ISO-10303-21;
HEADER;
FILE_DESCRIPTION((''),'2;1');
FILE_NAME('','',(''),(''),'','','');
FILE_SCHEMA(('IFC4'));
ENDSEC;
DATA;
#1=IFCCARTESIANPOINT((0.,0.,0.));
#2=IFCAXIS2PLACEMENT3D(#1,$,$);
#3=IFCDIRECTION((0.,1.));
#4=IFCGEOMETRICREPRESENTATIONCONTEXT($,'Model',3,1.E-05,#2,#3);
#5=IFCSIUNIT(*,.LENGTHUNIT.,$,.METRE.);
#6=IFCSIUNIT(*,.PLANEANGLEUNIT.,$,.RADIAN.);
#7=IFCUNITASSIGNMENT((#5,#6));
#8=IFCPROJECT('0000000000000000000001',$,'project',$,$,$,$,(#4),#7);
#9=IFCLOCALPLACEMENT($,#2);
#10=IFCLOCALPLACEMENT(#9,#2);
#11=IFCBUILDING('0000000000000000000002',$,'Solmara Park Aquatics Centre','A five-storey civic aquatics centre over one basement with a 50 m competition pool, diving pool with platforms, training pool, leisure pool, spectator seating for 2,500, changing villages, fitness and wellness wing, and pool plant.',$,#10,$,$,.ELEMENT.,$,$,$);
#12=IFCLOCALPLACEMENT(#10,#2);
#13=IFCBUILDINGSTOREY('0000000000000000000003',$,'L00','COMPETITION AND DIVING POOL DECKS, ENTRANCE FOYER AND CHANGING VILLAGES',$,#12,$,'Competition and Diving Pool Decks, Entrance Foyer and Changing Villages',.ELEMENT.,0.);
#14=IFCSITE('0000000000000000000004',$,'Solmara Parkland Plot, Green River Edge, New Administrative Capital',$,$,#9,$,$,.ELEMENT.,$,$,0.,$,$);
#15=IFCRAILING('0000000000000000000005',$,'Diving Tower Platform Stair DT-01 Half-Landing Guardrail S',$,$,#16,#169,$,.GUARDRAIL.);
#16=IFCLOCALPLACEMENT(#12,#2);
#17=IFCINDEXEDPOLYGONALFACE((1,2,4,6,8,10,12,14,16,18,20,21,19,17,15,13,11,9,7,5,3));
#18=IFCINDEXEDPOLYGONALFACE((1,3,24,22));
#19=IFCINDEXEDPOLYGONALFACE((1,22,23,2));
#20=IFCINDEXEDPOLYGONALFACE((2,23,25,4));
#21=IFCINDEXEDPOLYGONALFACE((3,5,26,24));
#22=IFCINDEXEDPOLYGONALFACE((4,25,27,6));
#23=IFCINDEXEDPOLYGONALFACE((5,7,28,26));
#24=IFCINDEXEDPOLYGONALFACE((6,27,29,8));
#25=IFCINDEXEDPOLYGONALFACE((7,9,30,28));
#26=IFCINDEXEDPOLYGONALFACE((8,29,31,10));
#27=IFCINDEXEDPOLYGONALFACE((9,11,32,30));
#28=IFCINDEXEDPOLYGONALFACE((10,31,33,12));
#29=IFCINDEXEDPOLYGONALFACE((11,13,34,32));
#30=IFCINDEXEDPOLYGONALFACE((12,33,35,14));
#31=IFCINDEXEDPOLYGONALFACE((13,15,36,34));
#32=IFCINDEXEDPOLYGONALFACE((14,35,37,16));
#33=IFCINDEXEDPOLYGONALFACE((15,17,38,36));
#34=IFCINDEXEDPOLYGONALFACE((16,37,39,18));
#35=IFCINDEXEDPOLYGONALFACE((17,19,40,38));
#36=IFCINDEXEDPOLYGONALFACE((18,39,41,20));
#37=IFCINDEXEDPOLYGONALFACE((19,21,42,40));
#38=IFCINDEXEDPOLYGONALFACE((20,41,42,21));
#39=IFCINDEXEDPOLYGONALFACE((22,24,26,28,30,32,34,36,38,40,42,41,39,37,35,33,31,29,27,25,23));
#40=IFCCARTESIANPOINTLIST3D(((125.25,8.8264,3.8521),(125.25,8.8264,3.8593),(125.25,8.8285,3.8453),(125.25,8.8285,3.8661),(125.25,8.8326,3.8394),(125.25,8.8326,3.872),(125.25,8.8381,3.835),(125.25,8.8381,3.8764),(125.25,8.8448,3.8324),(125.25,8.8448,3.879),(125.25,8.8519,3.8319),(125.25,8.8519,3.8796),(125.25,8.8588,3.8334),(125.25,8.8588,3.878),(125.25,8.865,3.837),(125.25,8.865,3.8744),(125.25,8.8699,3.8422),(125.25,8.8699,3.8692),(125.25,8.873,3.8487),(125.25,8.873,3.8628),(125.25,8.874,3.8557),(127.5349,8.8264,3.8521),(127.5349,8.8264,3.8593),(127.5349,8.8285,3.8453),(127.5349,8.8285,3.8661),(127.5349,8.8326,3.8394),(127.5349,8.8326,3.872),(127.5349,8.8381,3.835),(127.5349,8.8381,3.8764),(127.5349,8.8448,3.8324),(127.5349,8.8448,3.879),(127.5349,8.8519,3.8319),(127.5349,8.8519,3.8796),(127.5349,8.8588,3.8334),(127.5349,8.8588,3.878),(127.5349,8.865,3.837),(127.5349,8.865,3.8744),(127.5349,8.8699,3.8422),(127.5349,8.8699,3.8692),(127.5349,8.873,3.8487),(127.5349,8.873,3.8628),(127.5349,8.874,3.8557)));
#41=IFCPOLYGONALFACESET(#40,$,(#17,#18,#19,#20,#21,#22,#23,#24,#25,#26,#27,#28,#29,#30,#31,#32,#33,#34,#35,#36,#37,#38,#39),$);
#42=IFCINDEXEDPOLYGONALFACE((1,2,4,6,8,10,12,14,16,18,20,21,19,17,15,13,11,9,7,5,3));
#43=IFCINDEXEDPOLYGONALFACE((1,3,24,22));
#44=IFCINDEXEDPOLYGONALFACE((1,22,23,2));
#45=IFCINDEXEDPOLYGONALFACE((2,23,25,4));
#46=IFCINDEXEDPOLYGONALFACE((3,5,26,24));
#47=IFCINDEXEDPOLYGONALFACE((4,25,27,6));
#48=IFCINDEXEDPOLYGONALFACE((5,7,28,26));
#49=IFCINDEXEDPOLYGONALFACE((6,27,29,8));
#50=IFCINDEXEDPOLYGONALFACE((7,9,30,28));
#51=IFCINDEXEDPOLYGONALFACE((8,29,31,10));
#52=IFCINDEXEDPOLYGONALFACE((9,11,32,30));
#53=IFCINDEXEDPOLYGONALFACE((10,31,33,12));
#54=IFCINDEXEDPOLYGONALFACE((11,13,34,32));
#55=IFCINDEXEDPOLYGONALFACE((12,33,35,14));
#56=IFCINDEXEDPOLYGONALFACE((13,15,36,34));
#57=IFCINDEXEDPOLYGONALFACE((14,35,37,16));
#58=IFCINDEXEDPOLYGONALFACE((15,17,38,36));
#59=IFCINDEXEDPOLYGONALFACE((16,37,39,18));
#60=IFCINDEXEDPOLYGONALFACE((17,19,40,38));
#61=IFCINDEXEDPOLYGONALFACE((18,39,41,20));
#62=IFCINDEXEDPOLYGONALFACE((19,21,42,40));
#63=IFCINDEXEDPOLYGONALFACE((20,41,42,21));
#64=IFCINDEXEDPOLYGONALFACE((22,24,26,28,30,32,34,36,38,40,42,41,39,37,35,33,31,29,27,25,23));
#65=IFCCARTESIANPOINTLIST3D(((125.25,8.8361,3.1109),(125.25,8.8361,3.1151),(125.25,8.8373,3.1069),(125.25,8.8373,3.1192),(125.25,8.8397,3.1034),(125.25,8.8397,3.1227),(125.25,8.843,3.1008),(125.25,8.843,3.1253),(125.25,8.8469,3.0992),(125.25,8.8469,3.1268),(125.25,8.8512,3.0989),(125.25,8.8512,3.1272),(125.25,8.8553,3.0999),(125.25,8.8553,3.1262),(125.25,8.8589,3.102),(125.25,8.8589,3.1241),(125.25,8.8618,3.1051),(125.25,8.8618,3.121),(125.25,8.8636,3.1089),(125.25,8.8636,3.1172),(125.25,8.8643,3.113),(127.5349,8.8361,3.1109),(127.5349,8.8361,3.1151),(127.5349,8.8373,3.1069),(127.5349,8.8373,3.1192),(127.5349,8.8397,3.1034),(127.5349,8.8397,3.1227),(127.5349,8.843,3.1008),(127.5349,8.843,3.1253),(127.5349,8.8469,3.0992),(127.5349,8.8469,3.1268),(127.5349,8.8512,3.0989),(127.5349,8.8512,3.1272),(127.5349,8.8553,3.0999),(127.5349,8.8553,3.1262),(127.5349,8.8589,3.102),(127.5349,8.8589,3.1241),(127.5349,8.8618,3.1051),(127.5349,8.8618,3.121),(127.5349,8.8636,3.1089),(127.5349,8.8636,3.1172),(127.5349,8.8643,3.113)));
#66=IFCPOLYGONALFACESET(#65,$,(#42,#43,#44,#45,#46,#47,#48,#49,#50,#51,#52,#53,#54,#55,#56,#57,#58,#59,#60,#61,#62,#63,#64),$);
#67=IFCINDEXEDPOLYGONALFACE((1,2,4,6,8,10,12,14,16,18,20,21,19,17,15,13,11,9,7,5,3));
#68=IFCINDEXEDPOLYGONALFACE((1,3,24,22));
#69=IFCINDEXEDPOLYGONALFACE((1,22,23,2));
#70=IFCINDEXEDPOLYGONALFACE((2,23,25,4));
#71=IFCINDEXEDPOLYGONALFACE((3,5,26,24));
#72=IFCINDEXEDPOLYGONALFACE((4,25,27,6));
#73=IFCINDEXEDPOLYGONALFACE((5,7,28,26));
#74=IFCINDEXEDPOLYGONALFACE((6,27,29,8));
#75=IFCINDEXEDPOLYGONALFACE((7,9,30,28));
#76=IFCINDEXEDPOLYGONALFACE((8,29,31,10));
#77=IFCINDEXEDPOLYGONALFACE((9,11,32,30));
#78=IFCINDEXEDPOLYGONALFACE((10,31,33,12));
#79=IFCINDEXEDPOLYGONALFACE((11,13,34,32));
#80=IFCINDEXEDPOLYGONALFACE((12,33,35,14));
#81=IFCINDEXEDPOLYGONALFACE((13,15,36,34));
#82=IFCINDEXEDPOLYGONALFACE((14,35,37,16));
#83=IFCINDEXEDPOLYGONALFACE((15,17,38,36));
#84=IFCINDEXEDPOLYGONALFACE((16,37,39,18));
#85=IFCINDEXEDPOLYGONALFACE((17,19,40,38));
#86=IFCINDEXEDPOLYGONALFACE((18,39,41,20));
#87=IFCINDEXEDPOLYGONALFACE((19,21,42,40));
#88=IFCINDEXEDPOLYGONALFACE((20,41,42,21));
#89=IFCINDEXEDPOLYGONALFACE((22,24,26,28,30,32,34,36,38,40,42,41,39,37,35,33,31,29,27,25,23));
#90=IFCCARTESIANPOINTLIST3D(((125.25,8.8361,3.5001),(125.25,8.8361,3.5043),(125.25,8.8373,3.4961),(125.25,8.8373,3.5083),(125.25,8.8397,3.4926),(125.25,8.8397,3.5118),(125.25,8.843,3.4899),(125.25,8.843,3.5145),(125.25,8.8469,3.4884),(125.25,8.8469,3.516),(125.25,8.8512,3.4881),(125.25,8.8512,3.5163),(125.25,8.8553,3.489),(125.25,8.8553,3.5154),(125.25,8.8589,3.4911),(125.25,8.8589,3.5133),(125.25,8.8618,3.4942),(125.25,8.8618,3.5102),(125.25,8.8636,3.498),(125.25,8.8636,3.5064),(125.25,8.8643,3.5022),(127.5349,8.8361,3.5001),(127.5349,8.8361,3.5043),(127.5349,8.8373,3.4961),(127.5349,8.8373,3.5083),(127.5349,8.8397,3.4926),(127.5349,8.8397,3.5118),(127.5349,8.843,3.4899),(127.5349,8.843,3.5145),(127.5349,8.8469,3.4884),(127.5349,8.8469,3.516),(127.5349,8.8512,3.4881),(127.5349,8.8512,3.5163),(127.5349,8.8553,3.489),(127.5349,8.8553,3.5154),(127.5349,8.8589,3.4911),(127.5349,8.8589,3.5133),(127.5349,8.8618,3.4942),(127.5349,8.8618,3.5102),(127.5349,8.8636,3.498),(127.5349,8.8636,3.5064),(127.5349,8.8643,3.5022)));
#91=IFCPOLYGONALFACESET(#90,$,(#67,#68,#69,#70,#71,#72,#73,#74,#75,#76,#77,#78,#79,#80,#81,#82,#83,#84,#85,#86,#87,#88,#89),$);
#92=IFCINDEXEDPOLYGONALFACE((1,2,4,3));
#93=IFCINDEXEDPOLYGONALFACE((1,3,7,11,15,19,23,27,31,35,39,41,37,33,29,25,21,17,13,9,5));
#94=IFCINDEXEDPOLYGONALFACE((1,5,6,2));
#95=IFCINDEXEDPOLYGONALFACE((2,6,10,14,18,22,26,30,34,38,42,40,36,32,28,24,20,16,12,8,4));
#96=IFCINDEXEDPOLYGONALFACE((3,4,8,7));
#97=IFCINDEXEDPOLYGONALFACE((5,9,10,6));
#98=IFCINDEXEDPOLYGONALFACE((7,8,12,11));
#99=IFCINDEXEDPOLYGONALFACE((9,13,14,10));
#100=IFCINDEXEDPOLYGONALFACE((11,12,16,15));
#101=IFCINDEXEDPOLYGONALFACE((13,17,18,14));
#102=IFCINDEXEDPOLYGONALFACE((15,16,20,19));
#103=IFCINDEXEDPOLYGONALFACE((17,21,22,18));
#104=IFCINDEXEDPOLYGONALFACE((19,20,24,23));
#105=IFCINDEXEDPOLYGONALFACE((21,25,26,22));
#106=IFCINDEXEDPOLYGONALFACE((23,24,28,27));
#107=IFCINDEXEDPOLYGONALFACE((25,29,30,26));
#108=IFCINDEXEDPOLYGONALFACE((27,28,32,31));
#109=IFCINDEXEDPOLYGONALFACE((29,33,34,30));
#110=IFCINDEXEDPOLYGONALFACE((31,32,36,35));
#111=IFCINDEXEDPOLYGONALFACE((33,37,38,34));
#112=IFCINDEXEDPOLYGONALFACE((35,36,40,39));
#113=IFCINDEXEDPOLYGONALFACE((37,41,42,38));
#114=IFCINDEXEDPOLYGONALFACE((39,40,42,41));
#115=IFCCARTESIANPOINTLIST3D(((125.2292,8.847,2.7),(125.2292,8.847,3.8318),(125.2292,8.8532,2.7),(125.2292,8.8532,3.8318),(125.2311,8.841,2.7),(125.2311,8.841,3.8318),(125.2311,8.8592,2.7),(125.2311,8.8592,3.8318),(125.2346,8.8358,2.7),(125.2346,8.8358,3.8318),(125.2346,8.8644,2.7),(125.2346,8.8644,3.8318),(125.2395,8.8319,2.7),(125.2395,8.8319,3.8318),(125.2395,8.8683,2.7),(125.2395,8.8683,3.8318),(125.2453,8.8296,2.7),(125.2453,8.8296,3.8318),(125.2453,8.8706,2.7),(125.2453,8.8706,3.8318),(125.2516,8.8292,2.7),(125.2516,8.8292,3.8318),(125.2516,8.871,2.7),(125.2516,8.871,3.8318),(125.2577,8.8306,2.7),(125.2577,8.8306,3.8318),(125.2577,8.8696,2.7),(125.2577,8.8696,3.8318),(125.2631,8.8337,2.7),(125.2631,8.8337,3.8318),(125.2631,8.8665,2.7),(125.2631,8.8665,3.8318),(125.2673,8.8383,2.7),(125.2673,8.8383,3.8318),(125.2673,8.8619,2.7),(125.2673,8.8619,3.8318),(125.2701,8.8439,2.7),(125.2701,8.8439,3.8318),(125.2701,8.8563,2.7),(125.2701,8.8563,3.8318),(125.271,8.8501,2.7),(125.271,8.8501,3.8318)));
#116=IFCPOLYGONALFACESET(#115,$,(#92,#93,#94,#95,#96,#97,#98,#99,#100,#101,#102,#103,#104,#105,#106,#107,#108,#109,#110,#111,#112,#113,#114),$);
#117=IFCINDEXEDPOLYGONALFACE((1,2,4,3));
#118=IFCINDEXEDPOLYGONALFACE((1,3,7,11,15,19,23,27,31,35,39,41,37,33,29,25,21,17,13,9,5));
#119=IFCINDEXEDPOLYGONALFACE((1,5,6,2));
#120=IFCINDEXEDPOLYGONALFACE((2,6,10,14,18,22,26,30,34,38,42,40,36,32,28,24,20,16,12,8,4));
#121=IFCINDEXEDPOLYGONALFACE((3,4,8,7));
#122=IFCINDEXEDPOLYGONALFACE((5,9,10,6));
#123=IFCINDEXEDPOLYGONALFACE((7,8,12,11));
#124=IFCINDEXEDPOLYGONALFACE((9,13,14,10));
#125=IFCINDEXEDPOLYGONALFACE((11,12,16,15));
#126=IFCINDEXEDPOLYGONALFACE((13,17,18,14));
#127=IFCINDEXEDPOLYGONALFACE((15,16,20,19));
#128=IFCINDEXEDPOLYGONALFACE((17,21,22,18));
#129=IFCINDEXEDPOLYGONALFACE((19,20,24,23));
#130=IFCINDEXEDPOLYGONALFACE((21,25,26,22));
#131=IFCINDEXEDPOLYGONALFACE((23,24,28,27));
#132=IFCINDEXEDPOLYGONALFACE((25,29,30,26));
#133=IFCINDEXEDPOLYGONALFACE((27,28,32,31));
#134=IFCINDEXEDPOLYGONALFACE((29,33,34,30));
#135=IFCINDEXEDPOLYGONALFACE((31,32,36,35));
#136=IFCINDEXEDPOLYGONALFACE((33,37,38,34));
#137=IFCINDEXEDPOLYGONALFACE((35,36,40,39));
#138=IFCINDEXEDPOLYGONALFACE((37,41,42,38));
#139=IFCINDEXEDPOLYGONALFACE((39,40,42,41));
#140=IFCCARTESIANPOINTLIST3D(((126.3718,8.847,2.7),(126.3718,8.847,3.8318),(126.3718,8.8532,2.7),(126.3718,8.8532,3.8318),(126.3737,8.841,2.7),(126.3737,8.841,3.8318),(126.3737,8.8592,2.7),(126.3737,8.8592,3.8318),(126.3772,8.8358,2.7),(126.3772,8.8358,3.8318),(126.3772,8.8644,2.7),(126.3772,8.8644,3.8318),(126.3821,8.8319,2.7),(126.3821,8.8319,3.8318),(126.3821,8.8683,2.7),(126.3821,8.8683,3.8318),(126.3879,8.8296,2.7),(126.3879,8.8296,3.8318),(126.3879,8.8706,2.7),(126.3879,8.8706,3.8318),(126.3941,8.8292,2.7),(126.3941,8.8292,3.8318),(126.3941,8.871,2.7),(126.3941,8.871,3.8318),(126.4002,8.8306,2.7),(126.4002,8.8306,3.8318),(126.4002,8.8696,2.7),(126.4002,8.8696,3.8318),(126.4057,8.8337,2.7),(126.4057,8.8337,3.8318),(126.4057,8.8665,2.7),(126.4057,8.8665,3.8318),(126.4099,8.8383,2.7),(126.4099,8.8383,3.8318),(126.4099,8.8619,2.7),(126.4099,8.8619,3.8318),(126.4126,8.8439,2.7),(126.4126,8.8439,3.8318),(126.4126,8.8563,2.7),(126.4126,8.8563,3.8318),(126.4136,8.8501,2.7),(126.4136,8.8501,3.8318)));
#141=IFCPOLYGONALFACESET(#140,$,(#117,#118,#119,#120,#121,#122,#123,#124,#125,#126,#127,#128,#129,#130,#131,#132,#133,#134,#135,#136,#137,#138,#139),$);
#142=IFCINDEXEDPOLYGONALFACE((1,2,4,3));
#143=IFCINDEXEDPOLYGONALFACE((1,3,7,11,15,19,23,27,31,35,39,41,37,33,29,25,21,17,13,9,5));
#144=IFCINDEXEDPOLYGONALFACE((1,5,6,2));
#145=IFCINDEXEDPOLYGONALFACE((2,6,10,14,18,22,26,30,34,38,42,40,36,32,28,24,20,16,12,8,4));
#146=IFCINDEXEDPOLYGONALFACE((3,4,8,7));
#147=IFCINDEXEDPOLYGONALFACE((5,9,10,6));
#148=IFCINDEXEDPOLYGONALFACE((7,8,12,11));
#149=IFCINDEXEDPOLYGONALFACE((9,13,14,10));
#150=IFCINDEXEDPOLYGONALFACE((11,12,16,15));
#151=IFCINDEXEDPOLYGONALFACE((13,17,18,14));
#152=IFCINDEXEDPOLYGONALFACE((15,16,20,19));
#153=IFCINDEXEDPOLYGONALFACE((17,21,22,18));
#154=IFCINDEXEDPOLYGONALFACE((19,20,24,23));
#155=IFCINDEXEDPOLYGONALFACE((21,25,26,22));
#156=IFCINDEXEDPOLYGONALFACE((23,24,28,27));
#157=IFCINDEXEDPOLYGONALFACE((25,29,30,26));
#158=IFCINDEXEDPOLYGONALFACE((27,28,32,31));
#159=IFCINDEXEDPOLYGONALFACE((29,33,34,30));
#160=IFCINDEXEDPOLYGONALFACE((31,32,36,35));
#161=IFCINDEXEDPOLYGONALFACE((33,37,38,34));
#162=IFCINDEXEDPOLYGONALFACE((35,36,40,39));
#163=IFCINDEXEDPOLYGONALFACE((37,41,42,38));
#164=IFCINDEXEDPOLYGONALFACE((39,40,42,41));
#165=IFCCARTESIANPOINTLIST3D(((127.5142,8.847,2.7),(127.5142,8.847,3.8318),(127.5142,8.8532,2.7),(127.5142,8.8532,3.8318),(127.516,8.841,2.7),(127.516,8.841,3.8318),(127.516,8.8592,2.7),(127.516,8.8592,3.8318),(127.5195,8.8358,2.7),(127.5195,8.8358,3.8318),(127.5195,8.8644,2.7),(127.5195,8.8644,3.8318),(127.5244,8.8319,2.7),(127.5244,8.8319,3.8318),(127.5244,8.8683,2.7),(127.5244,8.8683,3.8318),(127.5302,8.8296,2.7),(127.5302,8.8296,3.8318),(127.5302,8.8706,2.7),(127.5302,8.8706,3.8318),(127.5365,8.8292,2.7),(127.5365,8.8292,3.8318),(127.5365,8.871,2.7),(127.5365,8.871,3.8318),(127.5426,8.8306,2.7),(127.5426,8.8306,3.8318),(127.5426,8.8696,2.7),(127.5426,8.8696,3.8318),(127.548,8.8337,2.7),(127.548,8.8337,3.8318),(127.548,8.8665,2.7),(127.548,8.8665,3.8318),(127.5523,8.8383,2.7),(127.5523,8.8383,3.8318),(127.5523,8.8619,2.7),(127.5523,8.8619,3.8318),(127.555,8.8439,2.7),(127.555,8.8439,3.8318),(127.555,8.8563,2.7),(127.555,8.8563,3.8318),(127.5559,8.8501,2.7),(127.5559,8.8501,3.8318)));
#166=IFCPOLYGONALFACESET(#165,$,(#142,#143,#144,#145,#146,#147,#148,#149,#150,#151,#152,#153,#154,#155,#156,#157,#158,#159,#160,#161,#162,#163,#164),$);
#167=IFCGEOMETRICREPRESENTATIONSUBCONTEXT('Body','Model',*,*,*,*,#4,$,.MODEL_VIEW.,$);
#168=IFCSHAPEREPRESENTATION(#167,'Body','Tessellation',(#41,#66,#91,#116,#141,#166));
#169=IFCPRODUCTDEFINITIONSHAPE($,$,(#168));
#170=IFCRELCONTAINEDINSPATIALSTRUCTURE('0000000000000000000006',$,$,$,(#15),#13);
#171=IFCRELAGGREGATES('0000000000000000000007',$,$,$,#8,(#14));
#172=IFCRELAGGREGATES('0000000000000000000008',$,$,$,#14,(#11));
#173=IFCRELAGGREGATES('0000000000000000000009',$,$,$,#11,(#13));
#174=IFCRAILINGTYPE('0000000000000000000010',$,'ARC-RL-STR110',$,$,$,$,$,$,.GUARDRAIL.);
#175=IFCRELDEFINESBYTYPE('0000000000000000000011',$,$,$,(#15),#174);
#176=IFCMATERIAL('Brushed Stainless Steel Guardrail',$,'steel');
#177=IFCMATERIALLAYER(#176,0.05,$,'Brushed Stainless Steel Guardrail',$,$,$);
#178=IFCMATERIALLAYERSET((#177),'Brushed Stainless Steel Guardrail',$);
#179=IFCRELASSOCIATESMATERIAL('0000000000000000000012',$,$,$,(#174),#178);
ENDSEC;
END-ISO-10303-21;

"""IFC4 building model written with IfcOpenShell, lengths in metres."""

from ifc_helpers import new_model, si_unit, direction, frame, origin, origin_2d, place, context, subcontext, project, spatial, circle, extrude, material, layer, layer_set, type_object, element, save


model = new_model("IFC4")

# Units and contexts
model_context = context("Model", 3, precision=1e-05, world=origin(), true_north=direction((0.0, 1.0)))
body_context = subcontext(model_context, "Body", "Model", "MODEL_VIEW")
ifc_project = project(units=[si_unit("LENGTHUNIT", "METRE"), si_unit("PLANEANGLEUNIT", "RADIAN")], contexts=[model_context])

# Site, building, storey
site_placement = place(None, origin())
site = spatial("IfcSite", under=ifc_project, at=site_placement, Name="Solmara Parkland Plot, Green River Edge, New Administrative Capital", CompositionType="ELEMENT", RefElevation=0.0)
building_placement = place(site_placement, origin())
building = spatial("IfcBuilding", under=site, at=building_placement, Name="Solmara Park Aquatics Centre", Description="A five-storey civic aquatics centre over one basement with a 50 m competition pool, diving pool with platforms, training pool, leisure pool, spectator seating for 2,500, changing villages, fitness and wellness wing, and pool plant.", CompositionType="ELEMENT")
storey_placement = place(building_placement, origin())
storey = spatial("IfcBuildingStorey", under=building, at=storey_placement, Name="L00", Description="COMPETITION AND DIVING POOL DECKS, ENTRANCE FOYER AND CHANGING VILLAGES", LongName="Competition and Diving Pool Decks, Entrance Foyer and Changing Villages", CompositionType="ELEMENT", Elevation=0.0)

# Railing
ifc_material_1 = material(Name="Brushed Stainless Steel Guardrail", Category="steel")
ifc_layer_1 = layer(ifc_material_1, 0.05, Name="Brushed Stainless Steel Guardrail")
ifc_layer_set_1 = layer_set([ifc_layer_1], Name="Brushed Stainless Steel Guardrail")
railing_type_1 = type_object("IfcRailingType", Name="ARC-RL-STR110", PredefinedType="GUARDRAIL", material=ifc_layer_set_1)
railing_1_placement = place(storey_placement, frame((125.25, 8.8501, 2.7)))
element("IfcRailing", 1, at=railing_1_placement, inside=storey, type_object=railing_type_1, Name="Diving Tower Platform Stair DT-01 Half-Landing Guardrail S", PredefinedType="GUARDRAIL", context=body_context, shape_type="SweptSolid", body=[
    extrude(circle(Radius=0.0239, at=origin_2d()), frame((0.0, 0.0, 1.1558), z_axis=(1.0, 0.0, 0.0), x_axis=(0.0, 1.0, 0.0)), (0.0, 0.0, 1.0), 2.2849),
    extrude(circle(Radius=0.0142, at=origin_2d()), frame((0.0, 0.0, 0.4131), z_axis=(1.0, 0.0, 0.0), x_axis=(0.0, 1.0, 0.0)), (0.0, 0.0, 1.0), 2.2849),
    extrude(circle(Radius=0.0142, at=origin_2d()), frame((0.0, 0.0, 0.8022), z_axis=(1.0, 0.0, 0.0), x_axis=(0.0, 1.0, 0.0)), (0.0, 0.0, 1.0), 2.2849),
    extrude(circle(Radius=0.021, at=origin_2d()), origin(), (0.0, 0.0, 1.0), 1.1318),
    extrude(circle(Radius=0.021, at=origin_2d()), frame((1.1426, 0.0, 0.0)), (0.0, 0.0, 1.0), 1.1318),
    extrude(circle(Radius=0.021, at=origin_2d()), frame((2.2849, 0.0, 0.0)), (0.0, 0.0, 1.0), 1.1318),
])

save(model, "model.ifc")
